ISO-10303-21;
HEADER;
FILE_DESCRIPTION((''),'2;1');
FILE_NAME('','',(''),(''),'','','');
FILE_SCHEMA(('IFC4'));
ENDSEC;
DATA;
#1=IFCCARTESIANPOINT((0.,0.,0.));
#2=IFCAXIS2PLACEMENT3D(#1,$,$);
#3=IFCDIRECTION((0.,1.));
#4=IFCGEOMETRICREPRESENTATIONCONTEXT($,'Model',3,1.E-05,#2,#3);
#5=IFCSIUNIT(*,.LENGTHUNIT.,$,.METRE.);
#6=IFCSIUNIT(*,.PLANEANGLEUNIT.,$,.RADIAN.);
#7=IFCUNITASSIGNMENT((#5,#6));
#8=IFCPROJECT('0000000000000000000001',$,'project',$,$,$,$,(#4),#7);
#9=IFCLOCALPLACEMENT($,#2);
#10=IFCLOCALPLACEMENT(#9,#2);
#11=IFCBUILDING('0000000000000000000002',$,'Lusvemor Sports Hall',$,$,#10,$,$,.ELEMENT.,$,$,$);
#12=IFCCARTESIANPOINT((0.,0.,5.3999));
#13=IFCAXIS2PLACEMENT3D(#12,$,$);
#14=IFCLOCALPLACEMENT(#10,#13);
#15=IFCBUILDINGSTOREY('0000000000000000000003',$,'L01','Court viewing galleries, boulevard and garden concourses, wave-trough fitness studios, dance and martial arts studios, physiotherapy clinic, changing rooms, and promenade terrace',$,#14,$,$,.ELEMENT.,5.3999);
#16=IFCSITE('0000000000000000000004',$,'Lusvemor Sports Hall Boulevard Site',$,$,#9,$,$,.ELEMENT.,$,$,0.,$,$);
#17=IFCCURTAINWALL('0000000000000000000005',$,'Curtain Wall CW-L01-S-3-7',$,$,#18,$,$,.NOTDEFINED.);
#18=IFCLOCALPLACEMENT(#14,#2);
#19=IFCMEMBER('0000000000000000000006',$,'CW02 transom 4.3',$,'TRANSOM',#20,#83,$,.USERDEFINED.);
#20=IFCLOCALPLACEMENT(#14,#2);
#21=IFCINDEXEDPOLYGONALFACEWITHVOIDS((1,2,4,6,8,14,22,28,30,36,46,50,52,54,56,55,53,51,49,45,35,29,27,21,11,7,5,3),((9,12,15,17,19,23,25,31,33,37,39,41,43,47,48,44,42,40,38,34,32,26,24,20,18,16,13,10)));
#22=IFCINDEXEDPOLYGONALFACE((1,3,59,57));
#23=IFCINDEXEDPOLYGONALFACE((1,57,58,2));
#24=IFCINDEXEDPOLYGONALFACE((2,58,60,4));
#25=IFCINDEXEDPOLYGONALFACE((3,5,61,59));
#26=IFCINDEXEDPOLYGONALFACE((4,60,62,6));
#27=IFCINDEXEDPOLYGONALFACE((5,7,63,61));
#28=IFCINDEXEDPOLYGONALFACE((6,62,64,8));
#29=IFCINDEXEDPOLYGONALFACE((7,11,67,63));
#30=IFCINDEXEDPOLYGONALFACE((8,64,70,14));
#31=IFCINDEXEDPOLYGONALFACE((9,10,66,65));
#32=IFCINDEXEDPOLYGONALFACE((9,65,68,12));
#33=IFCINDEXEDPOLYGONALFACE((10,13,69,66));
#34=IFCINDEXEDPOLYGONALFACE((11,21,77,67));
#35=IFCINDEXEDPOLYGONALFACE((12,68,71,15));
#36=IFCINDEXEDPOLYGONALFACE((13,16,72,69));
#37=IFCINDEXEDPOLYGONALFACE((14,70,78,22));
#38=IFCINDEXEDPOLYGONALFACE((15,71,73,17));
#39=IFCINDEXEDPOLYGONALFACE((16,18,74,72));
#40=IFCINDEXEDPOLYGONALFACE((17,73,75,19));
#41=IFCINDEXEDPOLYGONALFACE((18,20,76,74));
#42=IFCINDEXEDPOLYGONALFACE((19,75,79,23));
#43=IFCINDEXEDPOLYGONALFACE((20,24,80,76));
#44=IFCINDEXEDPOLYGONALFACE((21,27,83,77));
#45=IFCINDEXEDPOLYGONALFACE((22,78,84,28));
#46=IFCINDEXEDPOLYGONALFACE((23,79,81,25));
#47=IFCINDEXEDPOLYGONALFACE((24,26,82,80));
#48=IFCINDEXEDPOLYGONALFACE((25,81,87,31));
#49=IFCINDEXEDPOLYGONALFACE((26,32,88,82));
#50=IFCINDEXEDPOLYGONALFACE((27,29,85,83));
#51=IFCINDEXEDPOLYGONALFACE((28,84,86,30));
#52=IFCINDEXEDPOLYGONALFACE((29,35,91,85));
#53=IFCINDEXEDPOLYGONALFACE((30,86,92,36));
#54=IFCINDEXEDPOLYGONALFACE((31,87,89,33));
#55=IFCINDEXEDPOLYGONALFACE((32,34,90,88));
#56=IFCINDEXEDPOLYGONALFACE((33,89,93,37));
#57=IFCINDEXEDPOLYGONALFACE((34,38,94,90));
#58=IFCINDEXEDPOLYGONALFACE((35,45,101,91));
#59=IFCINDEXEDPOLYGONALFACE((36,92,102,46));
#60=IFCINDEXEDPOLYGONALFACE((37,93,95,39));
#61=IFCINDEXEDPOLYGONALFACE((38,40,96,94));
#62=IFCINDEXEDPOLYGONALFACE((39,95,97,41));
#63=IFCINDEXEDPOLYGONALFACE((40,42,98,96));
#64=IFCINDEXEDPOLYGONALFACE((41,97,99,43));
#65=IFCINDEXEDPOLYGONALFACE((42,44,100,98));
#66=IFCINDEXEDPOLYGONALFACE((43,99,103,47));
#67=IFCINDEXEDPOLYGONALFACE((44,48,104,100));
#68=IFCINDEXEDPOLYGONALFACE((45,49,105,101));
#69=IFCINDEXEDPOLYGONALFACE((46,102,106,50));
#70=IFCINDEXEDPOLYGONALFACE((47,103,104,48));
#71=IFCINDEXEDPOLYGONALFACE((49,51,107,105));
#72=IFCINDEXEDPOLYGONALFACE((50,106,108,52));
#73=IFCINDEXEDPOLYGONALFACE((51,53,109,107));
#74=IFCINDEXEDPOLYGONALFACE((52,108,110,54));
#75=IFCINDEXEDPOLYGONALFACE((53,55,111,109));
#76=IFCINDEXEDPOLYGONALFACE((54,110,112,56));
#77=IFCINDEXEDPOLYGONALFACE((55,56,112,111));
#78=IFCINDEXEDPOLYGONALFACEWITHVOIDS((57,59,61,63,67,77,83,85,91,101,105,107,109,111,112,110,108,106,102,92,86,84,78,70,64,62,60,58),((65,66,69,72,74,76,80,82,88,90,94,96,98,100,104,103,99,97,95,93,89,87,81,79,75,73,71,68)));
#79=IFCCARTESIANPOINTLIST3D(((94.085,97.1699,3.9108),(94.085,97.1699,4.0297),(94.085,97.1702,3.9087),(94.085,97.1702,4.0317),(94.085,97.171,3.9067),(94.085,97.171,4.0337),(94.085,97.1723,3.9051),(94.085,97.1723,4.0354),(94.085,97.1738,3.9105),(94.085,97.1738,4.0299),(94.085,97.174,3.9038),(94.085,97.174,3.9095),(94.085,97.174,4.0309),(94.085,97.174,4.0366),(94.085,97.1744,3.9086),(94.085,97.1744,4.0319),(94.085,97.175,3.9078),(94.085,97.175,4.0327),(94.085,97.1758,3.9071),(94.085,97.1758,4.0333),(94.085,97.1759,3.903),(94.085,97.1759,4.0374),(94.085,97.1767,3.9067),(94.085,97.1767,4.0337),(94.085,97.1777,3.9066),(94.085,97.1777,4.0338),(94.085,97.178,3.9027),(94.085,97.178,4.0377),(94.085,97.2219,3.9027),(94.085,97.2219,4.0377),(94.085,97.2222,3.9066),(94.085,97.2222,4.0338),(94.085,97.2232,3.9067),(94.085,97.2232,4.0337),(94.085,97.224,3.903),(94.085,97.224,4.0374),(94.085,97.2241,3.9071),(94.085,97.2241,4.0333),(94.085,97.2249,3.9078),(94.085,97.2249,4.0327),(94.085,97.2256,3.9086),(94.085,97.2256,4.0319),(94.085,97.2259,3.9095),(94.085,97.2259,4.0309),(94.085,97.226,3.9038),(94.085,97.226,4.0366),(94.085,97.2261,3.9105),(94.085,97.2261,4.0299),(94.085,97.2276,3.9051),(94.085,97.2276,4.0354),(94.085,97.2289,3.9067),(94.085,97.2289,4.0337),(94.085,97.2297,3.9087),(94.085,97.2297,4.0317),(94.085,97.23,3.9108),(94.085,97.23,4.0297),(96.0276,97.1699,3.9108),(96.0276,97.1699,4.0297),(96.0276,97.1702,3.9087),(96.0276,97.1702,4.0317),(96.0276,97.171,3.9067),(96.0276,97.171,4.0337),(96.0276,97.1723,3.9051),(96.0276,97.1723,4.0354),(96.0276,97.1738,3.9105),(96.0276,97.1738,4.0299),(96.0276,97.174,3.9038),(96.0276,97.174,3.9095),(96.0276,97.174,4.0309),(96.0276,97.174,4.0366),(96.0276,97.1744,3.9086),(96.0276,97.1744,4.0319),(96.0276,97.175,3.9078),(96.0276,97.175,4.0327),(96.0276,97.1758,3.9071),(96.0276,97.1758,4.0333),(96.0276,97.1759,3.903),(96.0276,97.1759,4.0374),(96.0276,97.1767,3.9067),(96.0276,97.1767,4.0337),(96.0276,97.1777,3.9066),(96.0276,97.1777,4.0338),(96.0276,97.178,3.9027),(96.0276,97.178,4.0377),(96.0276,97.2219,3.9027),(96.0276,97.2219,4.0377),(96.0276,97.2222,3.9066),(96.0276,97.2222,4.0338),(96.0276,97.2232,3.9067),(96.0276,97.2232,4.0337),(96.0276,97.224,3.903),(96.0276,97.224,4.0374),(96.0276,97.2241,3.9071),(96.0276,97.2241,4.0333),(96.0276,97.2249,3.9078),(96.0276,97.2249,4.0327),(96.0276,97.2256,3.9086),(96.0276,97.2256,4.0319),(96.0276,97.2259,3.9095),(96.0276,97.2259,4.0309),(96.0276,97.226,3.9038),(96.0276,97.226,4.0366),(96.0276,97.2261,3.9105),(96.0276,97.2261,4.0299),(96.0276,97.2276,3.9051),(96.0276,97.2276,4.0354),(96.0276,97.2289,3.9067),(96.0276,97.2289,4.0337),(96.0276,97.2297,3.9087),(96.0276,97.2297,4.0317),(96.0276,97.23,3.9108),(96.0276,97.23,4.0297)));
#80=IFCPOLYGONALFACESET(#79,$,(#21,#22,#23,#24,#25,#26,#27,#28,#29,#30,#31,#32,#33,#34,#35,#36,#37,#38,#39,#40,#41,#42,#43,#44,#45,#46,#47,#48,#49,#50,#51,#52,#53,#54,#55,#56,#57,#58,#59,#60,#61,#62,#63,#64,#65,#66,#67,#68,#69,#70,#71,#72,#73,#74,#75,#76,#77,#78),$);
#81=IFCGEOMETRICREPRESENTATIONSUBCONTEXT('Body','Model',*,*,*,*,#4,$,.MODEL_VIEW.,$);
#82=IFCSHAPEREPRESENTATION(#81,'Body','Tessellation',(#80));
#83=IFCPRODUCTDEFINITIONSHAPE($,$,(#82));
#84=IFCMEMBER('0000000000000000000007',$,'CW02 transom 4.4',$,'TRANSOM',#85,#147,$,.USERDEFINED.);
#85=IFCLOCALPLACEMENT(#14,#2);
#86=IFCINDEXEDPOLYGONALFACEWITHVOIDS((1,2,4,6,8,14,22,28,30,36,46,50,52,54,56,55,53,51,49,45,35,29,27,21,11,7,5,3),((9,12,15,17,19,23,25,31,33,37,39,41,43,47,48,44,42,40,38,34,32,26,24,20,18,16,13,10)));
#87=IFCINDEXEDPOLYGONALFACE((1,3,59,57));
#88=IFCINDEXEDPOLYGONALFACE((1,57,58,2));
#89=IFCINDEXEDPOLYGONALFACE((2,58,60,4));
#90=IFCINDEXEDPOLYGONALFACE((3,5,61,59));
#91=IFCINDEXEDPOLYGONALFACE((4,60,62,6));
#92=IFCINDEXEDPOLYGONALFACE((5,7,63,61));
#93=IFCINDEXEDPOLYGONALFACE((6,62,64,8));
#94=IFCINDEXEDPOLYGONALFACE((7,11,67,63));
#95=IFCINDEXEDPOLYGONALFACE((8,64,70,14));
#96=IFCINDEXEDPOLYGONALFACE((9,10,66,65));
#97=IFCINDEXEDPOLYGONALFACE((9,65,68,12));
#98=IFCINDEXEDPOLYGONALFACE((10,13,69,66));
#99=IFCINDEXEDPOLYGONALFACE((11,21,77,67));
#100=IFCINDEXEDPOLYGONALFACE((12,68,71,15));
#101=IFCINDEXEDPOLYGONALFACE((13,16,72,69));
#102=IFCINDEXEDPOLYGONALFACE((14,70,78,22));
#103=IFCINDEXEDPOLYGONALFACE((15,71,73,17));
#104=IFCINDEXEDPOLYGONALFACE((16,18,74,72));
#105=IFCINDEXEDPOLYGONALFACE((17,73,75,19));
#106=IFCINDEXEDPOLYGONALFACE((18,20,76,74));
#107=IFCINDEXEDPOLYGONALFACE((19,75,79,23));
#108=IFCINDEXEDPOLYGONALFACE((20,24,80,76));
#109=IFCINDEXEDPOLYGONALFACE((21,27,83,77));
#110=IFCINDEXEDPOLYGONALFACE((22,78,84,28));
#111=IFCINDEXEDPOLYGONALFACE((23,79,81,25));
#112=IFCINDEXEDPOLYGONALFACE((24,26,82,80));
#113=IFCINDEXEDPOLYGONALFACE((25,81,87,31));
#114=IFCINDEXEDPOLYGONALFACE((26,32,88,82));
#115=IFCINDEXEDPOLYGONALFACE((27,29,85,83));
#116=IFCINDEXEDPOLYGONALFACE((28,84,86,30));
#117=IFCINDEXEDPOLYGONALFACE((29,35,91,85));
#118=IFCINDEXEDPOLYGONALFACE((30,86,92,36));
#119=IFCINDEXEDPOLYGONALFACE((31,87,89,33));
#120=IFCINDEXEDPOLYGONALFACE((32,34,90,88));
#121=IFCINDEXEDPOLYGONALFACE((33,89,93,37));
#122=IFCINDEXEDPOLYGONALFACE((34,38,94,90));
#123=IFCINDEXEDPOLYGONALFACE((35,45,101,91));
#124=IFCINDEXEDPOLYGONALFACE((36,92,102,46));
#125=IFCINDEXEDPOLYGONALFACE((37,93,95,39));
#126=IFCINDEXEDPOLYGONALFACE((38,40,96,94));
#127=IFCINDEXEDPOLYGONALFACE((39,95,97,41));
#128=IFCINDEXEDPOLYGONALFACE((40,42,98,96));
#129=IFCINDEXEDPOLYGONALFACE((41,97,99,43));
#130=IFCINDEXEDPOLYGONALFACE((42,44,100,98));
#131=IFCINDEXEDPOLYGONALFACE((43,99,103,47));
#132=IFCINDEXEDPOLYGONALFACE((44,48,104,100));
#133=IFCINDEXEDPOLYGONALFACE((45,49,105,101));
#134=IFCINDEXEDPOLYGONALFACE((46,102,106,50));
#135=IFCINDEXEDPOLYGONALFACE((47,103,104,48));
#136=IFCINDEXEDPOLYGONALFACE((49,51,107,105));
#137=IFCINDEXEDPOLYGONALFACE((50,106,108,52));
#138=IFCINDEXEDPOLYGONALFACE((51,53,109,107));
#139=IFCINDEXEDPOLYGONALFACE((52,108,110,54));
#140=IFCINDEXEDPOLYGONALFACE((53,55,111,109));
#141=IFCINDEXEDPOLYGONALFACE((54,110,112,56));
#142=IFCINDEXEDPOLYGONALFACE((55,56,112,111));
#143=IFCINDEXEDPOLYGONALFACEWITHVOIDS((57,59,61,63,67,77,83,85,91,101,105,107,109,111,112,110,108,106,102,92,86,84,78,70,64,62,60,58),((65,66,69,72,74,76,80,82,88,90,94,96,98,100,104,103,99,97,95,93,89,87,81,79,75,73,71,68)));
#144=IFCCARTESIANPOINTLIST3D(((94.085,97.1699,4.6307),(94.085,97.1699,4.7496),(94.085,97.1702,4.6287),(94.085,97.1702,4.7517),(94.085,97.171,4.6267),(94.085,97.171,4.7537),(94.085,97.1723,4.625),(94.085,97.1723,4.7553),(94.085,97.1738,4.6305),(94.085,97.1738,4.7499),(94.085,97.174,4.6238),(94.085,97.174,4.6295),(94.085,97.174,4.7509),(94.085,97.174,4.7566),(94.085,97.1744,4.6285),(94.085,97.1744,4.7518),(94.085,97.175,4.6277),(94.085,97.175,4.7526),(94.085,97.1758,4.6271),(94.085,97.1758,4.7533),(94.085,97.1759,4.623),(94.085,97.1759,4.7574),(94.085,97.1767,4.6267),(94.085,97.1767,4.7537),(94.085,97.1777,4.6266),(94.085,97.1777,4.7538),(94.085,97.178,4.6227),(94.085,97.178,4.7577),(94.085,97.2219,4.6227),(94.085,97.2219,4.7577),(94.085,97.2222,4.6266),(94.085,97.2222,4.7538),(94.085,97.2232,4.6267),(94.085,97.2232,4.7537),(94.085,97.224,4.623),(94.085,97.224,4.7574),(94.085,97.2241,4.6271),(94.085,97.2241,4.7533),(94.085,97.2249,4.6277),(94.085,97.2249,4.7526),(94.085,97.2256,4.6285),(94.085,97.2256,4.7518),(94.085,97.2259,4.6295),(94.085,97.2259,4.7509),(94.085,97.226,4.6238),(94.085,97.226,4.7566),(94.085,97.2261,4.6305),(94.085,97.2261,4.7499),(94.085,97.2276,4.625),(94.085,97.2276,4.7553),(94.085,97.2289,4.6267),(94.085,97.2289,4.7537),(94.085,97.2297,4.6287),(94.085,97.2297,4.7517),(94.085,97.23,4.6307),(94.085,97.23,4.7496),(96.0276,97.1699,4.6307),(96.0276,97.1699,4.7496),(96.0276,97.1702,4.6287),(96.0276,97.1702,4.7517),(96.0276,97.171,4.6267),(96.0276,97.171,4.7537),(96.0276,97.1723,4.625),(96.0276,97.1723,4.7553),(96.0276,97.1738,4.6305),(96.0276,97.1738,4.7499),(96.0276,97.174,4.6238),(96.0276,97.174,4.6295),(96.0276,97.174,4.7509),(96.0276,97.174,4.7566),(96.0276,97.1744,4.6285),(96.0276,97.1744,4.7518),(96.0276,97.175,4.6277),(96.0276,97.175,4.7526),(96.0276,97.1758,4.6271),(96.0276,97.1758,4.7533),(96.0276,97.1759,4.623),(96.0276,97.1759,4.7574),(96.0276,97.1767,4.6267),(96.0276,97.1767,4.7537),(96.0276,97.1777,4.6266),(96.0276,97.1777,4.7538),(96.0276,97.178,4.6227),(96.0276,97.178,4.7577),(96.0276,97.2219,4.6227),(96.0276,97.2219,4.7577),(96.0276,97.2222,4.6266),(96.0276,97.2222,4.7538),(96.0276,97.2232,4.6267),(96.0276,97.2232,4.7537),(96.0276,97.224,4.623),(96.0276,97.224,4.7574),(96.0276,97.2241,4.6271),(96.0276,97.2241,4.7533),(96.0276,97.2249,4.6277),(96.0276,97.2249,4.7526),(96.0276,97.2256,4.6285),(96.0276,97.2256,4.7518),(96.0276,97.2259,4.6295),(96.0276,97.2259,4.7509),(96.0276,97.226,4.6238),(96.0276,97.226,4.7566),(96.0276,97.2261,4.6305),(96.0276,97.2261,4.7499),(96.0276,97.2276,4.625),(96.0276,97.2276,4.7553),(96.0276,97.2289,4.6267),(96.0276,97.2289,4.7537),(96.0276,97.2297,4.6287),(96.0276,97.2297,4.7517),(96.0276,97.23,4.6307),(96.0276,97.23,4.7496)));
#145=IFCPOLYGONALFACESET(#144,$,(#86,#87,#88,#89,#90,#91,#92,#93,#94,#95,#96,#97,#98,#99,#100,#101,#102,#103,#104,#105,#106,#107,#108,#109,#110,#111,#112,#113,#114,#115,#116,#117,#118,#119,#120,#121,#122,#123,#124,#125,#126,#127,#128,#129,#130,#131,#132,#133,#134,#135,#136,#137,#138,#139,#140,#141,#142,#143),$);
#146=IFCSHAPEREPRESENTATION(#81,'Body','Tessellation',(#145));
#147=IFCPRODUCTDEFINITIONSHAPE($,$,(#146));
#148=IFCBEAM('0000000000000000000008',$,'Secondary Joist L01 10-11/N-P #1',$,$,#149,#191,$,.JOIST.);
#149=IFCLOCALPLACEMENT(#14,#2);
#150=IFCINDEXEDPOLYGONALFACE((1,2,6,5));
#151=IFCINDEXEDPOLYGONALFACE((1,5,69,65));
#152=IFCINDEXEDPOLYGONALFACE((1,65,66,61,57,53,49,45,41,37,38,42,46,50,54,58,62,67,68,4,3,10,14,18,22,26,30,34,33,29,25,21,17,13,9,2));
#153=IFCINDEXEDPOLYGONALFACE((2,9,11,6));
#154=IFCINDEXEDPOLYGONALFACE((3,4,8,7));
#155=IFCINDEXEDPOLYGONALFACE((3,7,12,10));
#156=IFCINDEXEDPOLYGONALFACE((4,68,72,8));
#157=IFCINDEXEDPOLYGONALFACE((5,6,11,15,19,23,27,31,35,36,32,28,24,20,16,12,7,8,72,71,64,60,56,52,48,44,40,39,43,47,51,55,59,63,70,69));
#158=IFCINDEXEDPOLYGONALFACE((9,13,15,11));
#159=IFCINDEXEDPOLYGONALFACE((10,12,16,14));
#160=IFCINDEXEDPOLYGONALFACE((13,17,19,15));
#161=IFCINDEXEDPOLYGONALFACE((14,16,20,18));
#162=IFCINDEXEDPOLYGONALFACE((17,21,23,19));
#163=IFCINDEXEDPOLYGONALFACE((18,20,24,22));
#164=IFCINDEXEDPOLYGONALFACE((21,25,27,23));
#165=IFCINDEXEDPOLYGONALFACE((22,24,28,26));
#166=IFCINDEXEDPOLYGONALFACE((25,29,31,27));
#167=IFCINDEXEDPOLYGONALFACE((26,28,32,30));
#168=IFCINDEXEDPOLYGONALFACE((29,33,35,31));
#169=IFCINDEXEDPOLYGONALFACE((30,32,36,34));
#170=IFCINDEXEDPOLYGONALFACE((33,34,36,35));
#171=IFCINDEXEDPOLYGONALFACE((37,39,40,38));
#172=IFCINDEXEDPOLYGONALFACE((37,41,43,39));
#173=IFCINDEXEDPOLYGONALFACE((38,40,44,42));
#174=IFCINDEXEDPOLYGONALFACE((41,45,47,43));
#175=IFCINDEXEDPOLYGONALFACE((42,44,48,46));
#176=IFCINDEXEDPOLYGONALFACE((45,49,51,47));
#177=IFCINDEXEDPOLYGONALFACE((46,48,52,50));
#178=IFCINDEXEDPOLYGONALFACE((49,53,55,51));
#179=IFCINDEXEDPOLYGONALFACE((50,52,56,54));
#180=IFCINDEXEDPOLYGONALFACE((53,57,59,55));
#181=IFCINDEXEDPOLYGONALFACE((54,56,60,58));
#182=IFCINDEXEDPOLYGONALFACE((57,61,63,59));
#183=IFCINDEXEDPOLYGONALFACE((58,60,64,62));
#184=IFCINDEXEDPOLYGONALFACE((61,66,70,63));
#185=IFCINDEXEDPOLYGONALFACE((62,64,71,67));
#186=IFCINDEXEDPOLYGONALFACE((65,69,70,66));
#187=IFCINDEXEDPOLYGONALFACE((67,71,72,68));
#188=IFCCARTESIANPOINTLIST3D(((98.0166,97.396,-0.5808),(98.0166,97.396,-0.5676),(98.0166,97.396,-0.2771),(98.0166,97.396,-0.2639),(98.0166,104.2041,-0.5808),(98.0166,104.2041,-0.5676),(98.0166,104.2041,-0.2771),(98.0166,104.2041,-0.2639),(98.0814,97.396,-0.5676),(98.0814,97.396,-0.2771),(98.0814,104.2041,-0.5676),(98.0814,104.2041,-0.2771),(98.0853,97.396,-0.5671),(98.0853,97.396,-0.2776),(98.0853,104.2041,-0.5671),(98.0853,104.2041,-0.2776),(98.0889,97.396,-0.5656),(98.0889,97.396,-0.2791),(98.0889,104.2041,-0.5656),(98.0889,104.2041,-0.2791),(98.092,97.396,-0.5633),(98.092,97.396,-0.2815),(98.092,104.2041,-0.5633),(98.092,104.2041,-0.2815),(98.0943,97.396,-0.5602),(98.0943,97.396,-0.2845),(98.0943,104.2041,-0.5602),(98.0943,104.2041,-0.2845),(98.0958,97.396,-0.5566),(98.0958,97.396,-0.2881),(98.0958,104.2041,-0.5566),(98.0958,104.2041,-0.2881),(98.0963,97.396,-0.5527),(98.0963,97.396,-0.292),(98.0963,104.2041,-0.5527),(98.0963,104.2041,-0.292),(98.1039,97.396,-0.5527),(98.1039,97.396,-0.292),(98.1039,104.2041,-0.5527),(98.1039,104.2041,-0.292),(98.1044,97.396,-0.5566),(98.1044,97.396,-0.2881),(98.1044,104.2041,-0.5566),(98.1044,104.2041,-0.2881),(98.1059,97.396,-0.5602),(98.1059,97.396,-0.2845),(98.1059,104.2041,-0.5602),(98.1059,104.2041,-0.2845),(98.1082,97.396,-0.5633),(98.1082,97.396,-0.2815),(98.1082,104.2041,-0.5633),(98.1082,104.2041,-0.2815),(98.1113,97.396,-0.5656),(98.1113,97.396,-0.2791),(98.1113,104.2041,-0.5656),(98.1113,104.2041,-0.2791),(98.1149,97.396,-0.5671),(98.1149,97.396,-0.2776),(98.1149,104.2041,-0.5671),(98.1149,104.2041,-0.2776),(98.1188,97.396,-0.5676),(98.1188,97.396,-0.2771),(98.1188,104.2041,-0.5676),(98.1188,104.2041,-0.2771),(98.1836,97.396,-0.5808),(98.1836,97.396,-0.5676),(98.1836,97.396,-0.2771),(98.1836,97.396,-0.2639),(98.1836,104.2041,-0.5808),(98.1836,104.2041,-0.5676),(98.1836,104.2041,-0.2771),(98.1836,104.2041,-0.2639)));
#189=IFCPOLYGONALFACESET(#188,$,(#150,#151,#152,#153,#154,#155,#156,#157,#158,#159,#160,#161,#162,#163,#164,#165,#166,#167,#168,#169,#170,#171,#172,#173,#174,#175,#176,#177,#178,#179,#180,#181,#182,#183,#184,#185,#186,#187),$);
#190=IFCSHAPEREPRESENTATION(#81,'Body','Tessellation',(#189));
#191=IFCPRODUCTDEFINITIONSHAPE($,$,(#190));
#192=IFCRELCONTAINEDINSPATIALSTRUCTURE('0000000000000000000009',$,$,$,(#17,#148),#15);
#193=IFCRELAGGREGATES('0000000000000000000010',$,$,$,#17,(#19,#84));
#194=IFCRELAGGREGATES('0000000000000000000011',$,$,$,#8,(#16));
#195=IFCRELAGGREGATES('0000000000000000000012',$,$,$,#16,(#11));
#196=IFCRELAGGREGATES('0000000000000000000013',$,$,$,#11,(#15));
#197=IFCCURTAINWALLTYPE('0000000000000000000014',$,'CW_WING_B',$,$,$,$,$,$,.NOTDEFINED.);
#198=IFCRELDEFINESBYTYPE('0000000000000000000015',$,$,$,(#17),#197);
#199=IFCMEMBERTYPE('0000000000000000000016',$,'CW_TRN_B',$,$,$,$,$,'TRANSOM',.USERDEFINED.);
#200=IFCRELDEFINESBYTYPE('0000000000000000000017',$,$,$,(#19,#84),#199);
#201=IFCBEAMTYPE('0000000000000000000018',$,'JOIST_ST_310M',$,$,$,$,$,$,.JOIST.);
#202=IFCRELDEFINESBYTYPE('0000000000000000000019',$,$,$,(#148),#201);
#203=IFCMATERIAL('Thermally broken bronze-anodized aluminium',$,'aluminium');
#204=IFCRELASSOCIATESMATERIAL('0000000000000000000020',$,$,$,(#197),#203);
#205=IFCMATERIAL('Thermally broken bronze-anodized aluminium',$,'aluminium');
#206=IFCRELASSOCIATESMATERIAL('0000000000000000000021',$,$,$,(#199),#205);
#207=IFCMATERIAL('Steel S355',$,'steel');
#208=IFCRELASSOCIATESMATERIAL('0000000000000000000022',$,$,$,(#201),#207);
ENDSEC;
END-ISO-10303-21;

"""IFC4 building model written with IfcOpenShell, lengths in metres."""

from ifc_helpers import new_model, si_unit, direction, frame, origin, origin_2d, place, context, subcontext, project, spatial, hollow_rectangle, i_section, extrude, material, material_profile, profile_set, type_object, element, aggregate, save


model = new_model("IFC4")

# Units and contexts
model_context = context("Model", 3, precision=1e-05, world=origin(), true_north=direction((0.0, 1.0)))
body_context = subcontext(model_context, "Body", "Model", "MODEL_VIEW")
ifc_project = project(units=[si_unit("LENGTHUNIT", "METRE"), si_unit("PLANEANGLEUNIT", "RADIAN")], contexts=[model_context])

# Site, building, storey
site_placement = place(None, origin())
site = spatial("IfcSite", under=ifc_project, at=site_placement, Name="Lusvemor Sports Hall Boulevard Site", CompositionType="ELEMENT", RefElevation=0.0)
building_placement = place(site_placement, origin())
building = spatial("IfcBuilding", under=site, at=building_placement, Name="Lusvemor Sports Hall", CompositionType="ELEMENT")
storey_placement = place(building_placement, frame((0.0, 0.0, 5.3999)))
storey = spatial("IfcBuildingStorey", under=building, at=storey_placement, Name="L01", Description="Court viewing galleries, boulevard and garden concourses, wave-trough fitness studios, dance and martial arts studios, physiotherapy clinic, changing rooms, and promenade terrace", CompositionType="ELEMENT", Elevation=5.3999)

# Curtain wall, members
ifc_material_1 = material(Name="Thermally broken bronze-anodized aluminium", Category="aluminium")
curtain_wall_type = type_object("IfcCurtainWallType", Name="CW_WING_B", PredefinedType="NOTDEFINED", material=ifc_material_1)
curtain_wall_placement = place(storey_placement, origin())
curtain_wall = element("IfcCurtainWall", 1, at=curtain_wall_placement, inside=storey, type_object=curtain_wall_type, Name="Curtain Wall CW-L01-S-3-7", PredefinedType="NOTDEFINED")
ifc_material_2 = material(Name="Thermally broken bronze-anodized aluminium", Category="aluminium")
ifc_material_profile_1 = material_profile(ifc_material_2, hollow_rectangle(XDim=0.0601, YDim=0.135, WallThickness=0.0039, InnerFilletRadius=0.0039, OuterFilletRadius=0.0081, at=origin_2d()), Name="CWTRN135x60x4")
ifc_profile_set_1 = profile_set([ifc_material_profile_1], Name="Thermally broken bronze-anodized aluminium")
member_type_1 = type_object("IfcMemberType", Name="CW_TRN_B", ElementType="TRANSOM", PredefinedType="USERDEFINED", material=ifc_profile_set_1)
member_1_placement = place(storey_placement, frame((96.0276, 97.2, 3.9702), z_axis=(-1.0, 0.0, 0.0), x_axis=(0.0, -1.0, 0.0)))
member_1 = element("IfcMember", 2, at=member_1_placement, type_object=member_type_1, Name="CW02 transom 4.3", ObjectType="TRANSOM", PredefinedType="USERDEFINED", context=body_context, shape_type="SweptSolid", body=[
    extrude(hollow_rectangle(XDim=0.0601, YDim=0.135, WallThickness=0.0039, InnerFilletRadius=0.0039, OuterFilletRadius=0.0081, at=origin_2d()), origin(), (0.0, 0.0, 1.0), 1.9426),
])
member_2_placement = place(storey_placement, frame((96.0276, 97.2, 4.6902), z_axis=(-1.0, 0.0, 0.0), x_axis=(0.0, -1.0, 0.0)))
member_2 = element("IfcMember", 3, at=member_2_placement, type_object=member_type_1, Name="CW02 transom 4.4", ObjectType="TRANSOM", PredefinedType="USERDEFINED", context=body_context, shape_type="SweptSolid", body=[
    extrude(hollow_rectangle(XDim=0.0601, YDim=0.135, WallThickness=0.0039, InnerFilletRadius=0.0039, OuterFilletRadius=0.0081, at=origin_2d()), origin(), (0.0, 0.0, 1.0), 1.9426),
])

# Beam
ifc_material_3 = material(Name="Steel S355", Category="steel")
ifc_material_profile_2 = material_profile(ifc_material_3, i_section(OverallWidth=0.167, OverallDepth=0.3169, WebThickness=0.0076, FlangeThickness=0.0132, FilletRadius=0.0149, at=origin_2d()), Name="W310x52.0")
ifc_profile_set_2 = profile_set([ifc_material_profile_2], Name="Steel S355")
beam_type_1 = type_object("IfcBeamType", Name="JOIST_ST_310M", PredefinedType="JOIST", material=ifc_profile_set_2)
beam_1_placement = place(storey_placement, frame((98.1001, 97.396, -0.4224), z_axis=(0.0, 1.0, 0.0), x_axis=(-1.0, 0.0, 0.0)))
element("IfcBeam", 4, at=beam_1_placement, inside=storey, type_object=beam_type_1, Name="Secondary Joist L01 10-11/N-P #1", PredefinedType="JOIST", context=body_context, shape_type="SweptSolid", body=[
    extrude(i_section(OverallWidth=0.167, OverallDepth=0.3169, WebThickness=0.0076, FlangeThickness=0.0132, FilletRadius=0.0149, at=origin_2d()), origin(), (0.0, 0.0, 1.0), 6.8081),
])

aggregate(curtain_wall, [member_1, member_2])

save(model, "model.ifc")
